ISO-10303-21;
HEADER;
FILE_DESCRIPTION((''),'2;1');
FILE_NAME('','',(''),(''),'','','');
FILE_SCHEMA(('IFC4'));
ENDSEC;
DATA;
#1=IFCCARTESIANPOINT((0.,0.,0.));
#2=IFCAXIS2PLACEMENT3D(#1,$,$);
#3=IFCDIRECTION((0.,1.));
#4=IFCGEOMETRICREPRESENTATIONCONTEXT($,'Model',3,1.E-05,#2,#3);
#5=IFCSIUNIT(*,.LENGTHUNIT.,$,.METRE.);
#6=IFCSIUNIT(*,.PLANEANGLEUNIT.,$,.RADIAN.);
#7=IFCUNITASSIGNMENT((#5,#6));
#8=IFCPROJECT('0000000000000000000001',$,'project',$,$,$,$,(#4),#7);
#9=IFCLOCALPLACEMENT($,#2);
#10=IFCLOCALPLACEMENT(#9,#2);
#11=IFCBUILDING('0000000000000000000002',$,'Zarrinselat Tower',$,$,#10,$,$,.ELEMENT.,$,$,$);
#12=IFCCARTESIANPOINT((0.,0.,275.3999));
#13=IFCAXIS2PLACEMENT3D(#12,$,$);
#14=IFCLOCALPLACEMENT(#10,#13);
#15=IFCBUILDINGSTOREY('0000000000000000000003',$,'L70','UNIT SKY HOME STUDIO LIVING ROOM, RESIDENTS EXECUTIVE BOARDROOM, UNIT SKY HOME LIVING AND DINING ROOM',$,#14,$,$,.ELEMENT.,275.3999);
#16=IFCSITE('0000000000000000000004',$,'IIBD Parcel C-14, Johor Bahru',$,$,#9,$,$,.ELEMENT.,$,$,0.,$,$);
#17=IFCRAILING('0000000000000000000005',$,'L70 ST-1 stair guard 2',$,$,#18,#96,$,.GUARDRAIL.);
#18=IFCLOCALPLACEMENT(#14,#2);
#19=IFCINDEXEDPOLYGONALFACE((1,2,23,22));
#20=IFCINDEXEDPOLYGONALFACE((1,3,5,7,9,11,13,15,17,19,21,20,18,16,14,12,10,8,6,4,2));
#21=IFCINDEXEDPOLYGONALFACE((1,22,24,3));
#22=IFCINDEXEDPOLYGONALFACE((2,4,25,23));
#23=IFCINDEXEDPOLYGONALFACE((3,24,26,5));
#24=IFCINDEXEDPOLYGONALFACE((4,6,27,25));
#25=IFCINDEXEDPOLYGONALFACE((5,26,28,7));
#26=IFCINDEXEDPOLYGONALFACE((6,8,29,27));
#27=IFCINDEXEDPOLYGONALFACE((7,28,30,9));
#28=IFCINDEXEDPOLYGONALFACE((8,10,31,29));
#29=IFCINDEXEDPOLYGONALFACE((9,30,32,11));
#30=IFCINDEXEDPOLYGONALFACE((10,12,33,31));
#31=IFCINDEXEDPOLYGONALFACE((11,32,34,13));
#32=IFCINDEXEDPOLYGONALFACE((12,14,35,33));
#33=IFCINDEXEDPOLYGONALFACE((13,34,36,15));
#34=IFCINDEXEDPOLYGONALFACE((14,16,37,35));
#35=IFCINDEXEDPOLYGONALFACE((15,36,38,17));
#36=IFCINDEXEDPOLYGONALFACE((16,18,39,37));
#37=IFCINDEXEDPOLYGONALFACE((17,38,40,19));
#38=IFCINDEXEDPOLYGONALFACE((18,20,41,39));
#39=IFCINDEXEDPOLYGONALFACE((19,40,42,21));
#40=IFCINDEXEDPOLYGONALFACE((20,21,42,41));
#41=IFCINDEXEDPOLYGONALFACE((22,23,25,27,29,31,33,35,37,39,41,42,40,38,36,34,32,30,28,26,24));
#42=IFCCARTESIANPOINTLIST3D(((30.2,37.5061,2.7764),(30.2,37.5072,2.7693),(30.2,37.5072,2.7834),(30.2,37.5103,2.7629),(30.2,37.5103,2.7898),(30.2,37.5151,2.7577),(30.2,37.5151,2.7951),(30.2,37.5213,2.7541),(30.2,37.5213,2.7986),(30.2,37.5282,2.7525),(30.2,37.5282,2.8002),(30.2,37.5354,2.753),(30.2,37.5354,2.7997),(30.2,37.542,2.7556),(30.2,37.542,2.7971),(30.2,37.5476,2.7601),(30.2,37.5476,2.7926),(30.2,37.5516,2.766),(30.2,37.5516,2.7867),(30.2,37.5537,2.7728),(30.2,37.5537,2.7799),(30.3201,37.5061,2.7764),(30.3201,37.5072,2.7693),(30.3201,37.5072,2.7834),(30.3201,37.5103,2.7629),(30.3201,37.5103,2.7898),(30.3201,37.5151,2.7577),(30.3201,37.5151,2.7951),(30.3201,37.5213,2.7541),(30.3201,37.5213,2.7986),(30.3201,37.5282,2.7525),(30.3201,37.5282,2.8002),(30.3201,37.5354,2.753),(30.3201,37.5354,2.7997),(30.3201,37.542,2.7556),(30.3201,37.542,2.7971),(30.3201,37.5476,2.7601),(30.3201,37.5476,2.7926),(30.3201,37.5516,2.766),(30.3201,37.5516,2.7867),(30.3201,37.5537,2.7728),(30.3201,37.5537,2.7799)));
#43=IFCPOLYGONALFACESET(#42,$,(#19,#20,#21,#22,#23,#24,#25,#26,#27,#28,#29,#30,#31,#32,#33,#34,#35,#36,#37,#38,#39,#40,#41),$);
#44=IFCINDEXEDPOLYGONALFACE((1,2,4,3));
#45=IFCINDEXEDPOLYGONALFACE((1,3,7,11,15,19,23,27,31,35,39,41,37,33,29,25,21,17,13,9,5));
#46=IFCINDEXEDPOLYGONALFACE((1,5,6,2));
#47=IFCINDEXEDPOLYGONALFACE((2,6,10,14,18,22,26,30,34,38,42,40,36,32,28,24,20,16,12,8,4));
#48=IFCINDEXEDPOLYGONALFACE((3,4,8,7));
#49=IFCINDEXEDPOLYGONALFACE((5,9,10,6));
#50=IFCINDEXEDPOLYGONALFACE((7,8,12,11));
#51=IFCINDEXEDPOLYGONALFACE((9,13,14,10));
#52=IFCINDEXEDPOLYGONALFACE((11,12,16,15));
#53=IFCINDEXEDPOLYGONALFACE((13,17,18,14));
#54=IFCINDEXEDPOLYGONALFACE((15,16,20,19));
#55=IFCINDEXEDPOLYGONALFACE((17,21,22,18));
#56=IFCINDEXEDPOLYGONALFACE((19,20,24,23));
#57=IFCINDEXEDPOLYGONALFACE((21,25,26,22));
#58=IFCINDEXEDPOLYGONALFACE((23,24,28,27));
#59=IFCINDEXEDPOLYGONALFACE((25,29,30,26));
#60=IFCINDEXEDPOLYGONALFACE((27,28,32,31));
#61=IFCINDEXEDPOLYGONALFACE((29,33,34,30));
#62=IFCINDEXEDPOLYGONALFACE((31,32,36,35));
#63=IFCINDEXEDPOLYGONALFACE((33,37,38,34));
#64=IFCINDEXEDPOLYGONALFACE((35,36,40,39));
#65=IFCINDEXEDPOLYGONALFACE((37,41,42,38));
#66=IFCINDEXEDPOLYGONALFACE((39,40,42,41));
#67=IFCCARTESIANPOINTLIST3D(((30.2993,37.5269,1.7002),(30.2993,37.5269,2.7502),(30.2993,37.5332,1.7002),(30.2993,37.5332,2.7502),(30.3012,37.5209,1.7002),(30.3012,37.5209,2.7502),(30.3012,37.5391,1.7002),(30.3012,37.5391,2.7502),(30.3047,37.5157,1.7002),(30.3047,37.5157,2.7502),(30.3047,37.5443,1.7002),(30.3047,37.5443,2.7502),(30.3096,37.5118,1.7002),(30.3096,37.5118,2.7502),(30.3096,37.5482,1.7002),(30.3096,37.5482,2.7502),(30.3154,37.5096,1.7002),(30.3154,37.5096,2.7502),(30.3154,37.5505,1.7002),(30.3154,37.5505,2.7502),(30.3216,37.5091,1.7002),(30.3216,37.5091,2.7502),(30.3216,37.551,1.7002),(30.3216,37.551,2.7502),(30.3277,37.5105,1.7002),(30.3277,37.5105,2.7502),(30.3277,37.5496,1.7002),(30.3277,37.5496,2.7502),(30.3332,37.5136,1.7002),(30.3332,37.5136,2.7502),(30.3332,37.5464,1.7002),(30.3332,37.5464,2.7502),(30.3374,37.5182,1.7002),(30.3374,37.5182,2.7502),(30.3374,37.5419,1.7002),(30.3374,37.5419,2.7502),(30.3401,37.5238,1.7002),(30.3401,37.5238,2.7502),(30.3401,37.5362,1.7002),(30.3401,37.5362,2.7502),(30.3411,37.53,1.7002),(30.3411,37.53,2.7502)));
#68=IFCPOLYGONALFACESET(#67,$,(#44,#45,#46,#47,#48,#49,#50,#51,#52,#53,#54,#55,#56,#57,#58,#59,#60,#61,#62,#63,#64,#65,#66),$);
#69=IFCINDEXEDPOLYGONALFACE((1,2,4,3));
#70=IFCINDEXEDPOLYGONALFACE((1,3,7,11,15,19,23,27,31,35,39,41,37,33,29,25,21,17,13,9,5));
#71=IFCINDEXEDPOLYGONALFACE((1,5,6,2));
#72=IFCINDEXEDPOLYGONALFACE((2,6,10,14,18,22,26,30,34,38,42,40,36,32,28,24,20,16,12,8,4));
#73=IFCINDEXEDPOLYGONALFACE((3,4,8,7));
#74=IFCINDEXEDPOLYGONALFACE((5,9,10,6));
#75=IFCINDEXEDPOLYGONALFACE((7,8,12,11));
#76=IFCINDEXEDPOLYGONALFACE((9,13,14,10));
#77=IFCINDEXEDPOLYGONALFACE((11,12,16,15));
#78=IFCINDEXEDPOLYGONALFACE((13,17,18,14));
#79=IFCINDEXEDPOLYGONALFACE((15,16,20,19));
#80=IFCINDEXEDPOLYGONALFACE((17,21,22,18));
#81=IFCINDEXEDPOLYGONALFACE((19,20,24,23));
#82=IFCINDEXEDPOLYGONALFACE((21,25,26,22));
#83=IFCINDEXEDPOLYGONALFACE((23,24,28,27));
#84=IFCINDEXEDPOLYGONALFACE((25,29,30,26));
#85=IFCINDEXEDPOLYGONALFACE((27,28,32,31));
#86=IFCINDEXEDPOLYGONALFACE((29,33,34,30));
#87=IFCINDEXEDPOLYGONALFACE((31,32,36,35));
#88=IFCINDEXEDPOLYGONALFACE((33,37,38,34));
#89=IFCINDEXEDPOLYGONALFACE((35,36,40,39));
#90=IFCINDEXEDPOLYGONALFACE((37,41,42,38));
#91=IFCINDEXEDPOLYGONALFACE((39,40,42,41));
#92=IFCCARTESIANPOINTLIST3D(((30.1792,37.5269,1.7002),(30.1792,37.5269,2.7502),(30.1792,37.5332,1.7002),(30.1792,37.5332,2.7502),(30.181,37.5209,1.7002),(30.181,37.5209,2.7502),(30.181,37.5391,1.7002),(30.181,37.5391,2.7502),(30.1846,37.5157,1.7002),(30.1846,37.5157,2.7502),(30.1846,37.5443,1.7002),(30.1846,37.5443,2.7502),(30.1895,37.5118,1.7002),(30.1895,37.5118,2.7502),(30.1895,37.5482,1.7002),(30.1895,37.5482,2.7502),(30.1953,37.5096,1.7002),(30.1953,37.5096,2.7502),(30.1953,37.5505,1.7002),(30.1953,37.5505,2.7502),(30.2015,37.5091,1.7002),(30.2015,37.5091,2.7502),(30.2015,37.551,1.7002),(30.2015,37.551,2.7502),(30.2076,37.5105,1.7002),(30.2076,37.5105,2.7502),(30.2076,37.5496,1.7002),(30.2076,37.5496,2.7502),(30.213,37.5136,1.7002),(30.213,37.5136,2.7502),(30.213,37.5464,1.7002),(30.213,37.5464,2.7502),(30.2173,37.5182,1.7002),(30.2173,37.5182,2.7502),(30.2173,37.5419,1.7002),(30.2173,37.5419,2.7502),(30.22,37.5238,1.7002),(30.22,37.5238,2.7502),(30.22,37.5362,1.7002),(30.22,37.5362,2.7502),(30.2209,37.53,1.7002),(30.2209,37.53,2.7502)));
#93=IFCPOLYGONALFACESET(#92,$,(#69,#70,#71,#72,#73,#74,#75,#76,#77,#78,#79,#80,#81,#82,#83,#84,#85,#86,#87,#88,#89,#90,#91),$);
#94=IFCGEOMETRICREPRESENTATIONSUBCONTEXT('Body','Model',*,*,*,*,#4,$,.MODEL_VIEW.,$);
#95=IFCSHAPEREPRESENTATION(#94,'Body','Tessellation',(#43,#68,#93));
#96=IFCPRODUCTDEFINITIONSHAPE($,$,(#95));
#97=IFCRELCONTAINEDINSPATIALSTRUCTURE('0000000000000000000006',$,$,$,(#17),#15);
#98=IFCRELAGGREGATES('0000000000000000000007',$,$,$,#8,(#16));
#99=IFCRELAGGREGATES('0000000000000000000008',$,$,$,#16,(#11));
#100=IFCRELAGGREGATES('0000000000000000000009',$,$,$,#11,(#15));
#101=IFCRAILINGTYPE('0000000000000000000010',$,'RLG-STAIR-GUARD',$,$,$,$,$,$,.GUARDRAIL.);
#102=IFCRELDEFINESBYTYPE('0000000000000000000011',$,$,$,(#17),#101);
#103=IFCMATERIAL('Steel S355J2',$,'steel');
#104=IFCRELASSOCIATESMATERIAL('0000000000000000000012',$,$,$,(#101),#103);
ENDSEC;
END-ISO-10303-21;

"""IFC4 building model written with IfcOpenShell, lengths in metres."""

from ifc_helpers import new_model, si_unit, direction, frame, origin, origin_2d, place, context, subcontext, project, spatial, circle, extrude, material, type_object, element, save


model = new_model("IFC4")

# Units and contexts
model_context = context("Model", 3, precision=1e-05, world=origin(), true_north=direction((0.0, 1.0)))
body_context = subcontext(model_context, "Body", "Model", "MODEL_VIEW")
ifc_project = project(units=[si_unit("LENGTHUNIT", "METRE"), si_unit("PLANEANGLEUNIT", "RADIAN")], contexts=[model_context])

# Site, building, storey
site_placement = place(None, origin())
site = spatial("IfcSite", under=ifc_project, at=site_placement, Name="IIBD Parcel C-14, Johor Bahru", CompositionType="ELEMENT", RefElevation=0.0)
building_placement = place(site_placement, origin())
building = spatial("IfcBuilding", under=site, at=building_placement, Name="Zarrinselat Tower", CompositionType="ELEMENT")
storey_placement = place(building_placement, frame((0.0, 0.0, 275.3999)))
storey = spatial("IfcBuildingStorey", under=building, at=storey_placement, Name="L70", Description="UNIT SKY HOME STUDIO LIVING ROOM, RESIDENTS EXECUTIVE BOARDROOM, UNIT SKY HOME LIVING AND DINING ROOM", CompositionType="ELEMENT", Elevation=275.3999)

# Railing
ifc_material_1 = material(Name="Steel S355J2", Category="steel")
railing_type_1 = type_object("IfcRailingType", Name="RLG-STAIR-GUARD", PredefinedType="GUARDRAIL", material=ifc_material_1)
railing_1_placement = place(storey_placement, frame((30.3201, 37.53, 1.7002)))
element("IfcRailing", 1, at=railing_1_placement, inside=storey, type_object=railing_type_1, Name="L70 ST-1 stair guard 2", PredefinedType="GUARDRAIL", context=body_context, shape_type="SweptSolid", body=[
    extrude(circle(Radius=0.0239, at=origin_2d()), frame((0.0, 0.0, 1.0762), z_axis=(-1.0, 0.0, 0.0), x_axis=(0.0, -1.0, 0.0)), (0.0, 0.0, 1.0), 0.1201),
    extrude(circle(Radius=0.021, at=origin_2d()), origin(), (0.0, 0.0, 1.0), 1.05),
    extrude(circle(Radius=0.021, at=origin_2d()), frame((-0.1201, 0.0, 0.0)), (0.0, 0.0, 1.0), 1.05),
])

save(model, "model.ifc")
